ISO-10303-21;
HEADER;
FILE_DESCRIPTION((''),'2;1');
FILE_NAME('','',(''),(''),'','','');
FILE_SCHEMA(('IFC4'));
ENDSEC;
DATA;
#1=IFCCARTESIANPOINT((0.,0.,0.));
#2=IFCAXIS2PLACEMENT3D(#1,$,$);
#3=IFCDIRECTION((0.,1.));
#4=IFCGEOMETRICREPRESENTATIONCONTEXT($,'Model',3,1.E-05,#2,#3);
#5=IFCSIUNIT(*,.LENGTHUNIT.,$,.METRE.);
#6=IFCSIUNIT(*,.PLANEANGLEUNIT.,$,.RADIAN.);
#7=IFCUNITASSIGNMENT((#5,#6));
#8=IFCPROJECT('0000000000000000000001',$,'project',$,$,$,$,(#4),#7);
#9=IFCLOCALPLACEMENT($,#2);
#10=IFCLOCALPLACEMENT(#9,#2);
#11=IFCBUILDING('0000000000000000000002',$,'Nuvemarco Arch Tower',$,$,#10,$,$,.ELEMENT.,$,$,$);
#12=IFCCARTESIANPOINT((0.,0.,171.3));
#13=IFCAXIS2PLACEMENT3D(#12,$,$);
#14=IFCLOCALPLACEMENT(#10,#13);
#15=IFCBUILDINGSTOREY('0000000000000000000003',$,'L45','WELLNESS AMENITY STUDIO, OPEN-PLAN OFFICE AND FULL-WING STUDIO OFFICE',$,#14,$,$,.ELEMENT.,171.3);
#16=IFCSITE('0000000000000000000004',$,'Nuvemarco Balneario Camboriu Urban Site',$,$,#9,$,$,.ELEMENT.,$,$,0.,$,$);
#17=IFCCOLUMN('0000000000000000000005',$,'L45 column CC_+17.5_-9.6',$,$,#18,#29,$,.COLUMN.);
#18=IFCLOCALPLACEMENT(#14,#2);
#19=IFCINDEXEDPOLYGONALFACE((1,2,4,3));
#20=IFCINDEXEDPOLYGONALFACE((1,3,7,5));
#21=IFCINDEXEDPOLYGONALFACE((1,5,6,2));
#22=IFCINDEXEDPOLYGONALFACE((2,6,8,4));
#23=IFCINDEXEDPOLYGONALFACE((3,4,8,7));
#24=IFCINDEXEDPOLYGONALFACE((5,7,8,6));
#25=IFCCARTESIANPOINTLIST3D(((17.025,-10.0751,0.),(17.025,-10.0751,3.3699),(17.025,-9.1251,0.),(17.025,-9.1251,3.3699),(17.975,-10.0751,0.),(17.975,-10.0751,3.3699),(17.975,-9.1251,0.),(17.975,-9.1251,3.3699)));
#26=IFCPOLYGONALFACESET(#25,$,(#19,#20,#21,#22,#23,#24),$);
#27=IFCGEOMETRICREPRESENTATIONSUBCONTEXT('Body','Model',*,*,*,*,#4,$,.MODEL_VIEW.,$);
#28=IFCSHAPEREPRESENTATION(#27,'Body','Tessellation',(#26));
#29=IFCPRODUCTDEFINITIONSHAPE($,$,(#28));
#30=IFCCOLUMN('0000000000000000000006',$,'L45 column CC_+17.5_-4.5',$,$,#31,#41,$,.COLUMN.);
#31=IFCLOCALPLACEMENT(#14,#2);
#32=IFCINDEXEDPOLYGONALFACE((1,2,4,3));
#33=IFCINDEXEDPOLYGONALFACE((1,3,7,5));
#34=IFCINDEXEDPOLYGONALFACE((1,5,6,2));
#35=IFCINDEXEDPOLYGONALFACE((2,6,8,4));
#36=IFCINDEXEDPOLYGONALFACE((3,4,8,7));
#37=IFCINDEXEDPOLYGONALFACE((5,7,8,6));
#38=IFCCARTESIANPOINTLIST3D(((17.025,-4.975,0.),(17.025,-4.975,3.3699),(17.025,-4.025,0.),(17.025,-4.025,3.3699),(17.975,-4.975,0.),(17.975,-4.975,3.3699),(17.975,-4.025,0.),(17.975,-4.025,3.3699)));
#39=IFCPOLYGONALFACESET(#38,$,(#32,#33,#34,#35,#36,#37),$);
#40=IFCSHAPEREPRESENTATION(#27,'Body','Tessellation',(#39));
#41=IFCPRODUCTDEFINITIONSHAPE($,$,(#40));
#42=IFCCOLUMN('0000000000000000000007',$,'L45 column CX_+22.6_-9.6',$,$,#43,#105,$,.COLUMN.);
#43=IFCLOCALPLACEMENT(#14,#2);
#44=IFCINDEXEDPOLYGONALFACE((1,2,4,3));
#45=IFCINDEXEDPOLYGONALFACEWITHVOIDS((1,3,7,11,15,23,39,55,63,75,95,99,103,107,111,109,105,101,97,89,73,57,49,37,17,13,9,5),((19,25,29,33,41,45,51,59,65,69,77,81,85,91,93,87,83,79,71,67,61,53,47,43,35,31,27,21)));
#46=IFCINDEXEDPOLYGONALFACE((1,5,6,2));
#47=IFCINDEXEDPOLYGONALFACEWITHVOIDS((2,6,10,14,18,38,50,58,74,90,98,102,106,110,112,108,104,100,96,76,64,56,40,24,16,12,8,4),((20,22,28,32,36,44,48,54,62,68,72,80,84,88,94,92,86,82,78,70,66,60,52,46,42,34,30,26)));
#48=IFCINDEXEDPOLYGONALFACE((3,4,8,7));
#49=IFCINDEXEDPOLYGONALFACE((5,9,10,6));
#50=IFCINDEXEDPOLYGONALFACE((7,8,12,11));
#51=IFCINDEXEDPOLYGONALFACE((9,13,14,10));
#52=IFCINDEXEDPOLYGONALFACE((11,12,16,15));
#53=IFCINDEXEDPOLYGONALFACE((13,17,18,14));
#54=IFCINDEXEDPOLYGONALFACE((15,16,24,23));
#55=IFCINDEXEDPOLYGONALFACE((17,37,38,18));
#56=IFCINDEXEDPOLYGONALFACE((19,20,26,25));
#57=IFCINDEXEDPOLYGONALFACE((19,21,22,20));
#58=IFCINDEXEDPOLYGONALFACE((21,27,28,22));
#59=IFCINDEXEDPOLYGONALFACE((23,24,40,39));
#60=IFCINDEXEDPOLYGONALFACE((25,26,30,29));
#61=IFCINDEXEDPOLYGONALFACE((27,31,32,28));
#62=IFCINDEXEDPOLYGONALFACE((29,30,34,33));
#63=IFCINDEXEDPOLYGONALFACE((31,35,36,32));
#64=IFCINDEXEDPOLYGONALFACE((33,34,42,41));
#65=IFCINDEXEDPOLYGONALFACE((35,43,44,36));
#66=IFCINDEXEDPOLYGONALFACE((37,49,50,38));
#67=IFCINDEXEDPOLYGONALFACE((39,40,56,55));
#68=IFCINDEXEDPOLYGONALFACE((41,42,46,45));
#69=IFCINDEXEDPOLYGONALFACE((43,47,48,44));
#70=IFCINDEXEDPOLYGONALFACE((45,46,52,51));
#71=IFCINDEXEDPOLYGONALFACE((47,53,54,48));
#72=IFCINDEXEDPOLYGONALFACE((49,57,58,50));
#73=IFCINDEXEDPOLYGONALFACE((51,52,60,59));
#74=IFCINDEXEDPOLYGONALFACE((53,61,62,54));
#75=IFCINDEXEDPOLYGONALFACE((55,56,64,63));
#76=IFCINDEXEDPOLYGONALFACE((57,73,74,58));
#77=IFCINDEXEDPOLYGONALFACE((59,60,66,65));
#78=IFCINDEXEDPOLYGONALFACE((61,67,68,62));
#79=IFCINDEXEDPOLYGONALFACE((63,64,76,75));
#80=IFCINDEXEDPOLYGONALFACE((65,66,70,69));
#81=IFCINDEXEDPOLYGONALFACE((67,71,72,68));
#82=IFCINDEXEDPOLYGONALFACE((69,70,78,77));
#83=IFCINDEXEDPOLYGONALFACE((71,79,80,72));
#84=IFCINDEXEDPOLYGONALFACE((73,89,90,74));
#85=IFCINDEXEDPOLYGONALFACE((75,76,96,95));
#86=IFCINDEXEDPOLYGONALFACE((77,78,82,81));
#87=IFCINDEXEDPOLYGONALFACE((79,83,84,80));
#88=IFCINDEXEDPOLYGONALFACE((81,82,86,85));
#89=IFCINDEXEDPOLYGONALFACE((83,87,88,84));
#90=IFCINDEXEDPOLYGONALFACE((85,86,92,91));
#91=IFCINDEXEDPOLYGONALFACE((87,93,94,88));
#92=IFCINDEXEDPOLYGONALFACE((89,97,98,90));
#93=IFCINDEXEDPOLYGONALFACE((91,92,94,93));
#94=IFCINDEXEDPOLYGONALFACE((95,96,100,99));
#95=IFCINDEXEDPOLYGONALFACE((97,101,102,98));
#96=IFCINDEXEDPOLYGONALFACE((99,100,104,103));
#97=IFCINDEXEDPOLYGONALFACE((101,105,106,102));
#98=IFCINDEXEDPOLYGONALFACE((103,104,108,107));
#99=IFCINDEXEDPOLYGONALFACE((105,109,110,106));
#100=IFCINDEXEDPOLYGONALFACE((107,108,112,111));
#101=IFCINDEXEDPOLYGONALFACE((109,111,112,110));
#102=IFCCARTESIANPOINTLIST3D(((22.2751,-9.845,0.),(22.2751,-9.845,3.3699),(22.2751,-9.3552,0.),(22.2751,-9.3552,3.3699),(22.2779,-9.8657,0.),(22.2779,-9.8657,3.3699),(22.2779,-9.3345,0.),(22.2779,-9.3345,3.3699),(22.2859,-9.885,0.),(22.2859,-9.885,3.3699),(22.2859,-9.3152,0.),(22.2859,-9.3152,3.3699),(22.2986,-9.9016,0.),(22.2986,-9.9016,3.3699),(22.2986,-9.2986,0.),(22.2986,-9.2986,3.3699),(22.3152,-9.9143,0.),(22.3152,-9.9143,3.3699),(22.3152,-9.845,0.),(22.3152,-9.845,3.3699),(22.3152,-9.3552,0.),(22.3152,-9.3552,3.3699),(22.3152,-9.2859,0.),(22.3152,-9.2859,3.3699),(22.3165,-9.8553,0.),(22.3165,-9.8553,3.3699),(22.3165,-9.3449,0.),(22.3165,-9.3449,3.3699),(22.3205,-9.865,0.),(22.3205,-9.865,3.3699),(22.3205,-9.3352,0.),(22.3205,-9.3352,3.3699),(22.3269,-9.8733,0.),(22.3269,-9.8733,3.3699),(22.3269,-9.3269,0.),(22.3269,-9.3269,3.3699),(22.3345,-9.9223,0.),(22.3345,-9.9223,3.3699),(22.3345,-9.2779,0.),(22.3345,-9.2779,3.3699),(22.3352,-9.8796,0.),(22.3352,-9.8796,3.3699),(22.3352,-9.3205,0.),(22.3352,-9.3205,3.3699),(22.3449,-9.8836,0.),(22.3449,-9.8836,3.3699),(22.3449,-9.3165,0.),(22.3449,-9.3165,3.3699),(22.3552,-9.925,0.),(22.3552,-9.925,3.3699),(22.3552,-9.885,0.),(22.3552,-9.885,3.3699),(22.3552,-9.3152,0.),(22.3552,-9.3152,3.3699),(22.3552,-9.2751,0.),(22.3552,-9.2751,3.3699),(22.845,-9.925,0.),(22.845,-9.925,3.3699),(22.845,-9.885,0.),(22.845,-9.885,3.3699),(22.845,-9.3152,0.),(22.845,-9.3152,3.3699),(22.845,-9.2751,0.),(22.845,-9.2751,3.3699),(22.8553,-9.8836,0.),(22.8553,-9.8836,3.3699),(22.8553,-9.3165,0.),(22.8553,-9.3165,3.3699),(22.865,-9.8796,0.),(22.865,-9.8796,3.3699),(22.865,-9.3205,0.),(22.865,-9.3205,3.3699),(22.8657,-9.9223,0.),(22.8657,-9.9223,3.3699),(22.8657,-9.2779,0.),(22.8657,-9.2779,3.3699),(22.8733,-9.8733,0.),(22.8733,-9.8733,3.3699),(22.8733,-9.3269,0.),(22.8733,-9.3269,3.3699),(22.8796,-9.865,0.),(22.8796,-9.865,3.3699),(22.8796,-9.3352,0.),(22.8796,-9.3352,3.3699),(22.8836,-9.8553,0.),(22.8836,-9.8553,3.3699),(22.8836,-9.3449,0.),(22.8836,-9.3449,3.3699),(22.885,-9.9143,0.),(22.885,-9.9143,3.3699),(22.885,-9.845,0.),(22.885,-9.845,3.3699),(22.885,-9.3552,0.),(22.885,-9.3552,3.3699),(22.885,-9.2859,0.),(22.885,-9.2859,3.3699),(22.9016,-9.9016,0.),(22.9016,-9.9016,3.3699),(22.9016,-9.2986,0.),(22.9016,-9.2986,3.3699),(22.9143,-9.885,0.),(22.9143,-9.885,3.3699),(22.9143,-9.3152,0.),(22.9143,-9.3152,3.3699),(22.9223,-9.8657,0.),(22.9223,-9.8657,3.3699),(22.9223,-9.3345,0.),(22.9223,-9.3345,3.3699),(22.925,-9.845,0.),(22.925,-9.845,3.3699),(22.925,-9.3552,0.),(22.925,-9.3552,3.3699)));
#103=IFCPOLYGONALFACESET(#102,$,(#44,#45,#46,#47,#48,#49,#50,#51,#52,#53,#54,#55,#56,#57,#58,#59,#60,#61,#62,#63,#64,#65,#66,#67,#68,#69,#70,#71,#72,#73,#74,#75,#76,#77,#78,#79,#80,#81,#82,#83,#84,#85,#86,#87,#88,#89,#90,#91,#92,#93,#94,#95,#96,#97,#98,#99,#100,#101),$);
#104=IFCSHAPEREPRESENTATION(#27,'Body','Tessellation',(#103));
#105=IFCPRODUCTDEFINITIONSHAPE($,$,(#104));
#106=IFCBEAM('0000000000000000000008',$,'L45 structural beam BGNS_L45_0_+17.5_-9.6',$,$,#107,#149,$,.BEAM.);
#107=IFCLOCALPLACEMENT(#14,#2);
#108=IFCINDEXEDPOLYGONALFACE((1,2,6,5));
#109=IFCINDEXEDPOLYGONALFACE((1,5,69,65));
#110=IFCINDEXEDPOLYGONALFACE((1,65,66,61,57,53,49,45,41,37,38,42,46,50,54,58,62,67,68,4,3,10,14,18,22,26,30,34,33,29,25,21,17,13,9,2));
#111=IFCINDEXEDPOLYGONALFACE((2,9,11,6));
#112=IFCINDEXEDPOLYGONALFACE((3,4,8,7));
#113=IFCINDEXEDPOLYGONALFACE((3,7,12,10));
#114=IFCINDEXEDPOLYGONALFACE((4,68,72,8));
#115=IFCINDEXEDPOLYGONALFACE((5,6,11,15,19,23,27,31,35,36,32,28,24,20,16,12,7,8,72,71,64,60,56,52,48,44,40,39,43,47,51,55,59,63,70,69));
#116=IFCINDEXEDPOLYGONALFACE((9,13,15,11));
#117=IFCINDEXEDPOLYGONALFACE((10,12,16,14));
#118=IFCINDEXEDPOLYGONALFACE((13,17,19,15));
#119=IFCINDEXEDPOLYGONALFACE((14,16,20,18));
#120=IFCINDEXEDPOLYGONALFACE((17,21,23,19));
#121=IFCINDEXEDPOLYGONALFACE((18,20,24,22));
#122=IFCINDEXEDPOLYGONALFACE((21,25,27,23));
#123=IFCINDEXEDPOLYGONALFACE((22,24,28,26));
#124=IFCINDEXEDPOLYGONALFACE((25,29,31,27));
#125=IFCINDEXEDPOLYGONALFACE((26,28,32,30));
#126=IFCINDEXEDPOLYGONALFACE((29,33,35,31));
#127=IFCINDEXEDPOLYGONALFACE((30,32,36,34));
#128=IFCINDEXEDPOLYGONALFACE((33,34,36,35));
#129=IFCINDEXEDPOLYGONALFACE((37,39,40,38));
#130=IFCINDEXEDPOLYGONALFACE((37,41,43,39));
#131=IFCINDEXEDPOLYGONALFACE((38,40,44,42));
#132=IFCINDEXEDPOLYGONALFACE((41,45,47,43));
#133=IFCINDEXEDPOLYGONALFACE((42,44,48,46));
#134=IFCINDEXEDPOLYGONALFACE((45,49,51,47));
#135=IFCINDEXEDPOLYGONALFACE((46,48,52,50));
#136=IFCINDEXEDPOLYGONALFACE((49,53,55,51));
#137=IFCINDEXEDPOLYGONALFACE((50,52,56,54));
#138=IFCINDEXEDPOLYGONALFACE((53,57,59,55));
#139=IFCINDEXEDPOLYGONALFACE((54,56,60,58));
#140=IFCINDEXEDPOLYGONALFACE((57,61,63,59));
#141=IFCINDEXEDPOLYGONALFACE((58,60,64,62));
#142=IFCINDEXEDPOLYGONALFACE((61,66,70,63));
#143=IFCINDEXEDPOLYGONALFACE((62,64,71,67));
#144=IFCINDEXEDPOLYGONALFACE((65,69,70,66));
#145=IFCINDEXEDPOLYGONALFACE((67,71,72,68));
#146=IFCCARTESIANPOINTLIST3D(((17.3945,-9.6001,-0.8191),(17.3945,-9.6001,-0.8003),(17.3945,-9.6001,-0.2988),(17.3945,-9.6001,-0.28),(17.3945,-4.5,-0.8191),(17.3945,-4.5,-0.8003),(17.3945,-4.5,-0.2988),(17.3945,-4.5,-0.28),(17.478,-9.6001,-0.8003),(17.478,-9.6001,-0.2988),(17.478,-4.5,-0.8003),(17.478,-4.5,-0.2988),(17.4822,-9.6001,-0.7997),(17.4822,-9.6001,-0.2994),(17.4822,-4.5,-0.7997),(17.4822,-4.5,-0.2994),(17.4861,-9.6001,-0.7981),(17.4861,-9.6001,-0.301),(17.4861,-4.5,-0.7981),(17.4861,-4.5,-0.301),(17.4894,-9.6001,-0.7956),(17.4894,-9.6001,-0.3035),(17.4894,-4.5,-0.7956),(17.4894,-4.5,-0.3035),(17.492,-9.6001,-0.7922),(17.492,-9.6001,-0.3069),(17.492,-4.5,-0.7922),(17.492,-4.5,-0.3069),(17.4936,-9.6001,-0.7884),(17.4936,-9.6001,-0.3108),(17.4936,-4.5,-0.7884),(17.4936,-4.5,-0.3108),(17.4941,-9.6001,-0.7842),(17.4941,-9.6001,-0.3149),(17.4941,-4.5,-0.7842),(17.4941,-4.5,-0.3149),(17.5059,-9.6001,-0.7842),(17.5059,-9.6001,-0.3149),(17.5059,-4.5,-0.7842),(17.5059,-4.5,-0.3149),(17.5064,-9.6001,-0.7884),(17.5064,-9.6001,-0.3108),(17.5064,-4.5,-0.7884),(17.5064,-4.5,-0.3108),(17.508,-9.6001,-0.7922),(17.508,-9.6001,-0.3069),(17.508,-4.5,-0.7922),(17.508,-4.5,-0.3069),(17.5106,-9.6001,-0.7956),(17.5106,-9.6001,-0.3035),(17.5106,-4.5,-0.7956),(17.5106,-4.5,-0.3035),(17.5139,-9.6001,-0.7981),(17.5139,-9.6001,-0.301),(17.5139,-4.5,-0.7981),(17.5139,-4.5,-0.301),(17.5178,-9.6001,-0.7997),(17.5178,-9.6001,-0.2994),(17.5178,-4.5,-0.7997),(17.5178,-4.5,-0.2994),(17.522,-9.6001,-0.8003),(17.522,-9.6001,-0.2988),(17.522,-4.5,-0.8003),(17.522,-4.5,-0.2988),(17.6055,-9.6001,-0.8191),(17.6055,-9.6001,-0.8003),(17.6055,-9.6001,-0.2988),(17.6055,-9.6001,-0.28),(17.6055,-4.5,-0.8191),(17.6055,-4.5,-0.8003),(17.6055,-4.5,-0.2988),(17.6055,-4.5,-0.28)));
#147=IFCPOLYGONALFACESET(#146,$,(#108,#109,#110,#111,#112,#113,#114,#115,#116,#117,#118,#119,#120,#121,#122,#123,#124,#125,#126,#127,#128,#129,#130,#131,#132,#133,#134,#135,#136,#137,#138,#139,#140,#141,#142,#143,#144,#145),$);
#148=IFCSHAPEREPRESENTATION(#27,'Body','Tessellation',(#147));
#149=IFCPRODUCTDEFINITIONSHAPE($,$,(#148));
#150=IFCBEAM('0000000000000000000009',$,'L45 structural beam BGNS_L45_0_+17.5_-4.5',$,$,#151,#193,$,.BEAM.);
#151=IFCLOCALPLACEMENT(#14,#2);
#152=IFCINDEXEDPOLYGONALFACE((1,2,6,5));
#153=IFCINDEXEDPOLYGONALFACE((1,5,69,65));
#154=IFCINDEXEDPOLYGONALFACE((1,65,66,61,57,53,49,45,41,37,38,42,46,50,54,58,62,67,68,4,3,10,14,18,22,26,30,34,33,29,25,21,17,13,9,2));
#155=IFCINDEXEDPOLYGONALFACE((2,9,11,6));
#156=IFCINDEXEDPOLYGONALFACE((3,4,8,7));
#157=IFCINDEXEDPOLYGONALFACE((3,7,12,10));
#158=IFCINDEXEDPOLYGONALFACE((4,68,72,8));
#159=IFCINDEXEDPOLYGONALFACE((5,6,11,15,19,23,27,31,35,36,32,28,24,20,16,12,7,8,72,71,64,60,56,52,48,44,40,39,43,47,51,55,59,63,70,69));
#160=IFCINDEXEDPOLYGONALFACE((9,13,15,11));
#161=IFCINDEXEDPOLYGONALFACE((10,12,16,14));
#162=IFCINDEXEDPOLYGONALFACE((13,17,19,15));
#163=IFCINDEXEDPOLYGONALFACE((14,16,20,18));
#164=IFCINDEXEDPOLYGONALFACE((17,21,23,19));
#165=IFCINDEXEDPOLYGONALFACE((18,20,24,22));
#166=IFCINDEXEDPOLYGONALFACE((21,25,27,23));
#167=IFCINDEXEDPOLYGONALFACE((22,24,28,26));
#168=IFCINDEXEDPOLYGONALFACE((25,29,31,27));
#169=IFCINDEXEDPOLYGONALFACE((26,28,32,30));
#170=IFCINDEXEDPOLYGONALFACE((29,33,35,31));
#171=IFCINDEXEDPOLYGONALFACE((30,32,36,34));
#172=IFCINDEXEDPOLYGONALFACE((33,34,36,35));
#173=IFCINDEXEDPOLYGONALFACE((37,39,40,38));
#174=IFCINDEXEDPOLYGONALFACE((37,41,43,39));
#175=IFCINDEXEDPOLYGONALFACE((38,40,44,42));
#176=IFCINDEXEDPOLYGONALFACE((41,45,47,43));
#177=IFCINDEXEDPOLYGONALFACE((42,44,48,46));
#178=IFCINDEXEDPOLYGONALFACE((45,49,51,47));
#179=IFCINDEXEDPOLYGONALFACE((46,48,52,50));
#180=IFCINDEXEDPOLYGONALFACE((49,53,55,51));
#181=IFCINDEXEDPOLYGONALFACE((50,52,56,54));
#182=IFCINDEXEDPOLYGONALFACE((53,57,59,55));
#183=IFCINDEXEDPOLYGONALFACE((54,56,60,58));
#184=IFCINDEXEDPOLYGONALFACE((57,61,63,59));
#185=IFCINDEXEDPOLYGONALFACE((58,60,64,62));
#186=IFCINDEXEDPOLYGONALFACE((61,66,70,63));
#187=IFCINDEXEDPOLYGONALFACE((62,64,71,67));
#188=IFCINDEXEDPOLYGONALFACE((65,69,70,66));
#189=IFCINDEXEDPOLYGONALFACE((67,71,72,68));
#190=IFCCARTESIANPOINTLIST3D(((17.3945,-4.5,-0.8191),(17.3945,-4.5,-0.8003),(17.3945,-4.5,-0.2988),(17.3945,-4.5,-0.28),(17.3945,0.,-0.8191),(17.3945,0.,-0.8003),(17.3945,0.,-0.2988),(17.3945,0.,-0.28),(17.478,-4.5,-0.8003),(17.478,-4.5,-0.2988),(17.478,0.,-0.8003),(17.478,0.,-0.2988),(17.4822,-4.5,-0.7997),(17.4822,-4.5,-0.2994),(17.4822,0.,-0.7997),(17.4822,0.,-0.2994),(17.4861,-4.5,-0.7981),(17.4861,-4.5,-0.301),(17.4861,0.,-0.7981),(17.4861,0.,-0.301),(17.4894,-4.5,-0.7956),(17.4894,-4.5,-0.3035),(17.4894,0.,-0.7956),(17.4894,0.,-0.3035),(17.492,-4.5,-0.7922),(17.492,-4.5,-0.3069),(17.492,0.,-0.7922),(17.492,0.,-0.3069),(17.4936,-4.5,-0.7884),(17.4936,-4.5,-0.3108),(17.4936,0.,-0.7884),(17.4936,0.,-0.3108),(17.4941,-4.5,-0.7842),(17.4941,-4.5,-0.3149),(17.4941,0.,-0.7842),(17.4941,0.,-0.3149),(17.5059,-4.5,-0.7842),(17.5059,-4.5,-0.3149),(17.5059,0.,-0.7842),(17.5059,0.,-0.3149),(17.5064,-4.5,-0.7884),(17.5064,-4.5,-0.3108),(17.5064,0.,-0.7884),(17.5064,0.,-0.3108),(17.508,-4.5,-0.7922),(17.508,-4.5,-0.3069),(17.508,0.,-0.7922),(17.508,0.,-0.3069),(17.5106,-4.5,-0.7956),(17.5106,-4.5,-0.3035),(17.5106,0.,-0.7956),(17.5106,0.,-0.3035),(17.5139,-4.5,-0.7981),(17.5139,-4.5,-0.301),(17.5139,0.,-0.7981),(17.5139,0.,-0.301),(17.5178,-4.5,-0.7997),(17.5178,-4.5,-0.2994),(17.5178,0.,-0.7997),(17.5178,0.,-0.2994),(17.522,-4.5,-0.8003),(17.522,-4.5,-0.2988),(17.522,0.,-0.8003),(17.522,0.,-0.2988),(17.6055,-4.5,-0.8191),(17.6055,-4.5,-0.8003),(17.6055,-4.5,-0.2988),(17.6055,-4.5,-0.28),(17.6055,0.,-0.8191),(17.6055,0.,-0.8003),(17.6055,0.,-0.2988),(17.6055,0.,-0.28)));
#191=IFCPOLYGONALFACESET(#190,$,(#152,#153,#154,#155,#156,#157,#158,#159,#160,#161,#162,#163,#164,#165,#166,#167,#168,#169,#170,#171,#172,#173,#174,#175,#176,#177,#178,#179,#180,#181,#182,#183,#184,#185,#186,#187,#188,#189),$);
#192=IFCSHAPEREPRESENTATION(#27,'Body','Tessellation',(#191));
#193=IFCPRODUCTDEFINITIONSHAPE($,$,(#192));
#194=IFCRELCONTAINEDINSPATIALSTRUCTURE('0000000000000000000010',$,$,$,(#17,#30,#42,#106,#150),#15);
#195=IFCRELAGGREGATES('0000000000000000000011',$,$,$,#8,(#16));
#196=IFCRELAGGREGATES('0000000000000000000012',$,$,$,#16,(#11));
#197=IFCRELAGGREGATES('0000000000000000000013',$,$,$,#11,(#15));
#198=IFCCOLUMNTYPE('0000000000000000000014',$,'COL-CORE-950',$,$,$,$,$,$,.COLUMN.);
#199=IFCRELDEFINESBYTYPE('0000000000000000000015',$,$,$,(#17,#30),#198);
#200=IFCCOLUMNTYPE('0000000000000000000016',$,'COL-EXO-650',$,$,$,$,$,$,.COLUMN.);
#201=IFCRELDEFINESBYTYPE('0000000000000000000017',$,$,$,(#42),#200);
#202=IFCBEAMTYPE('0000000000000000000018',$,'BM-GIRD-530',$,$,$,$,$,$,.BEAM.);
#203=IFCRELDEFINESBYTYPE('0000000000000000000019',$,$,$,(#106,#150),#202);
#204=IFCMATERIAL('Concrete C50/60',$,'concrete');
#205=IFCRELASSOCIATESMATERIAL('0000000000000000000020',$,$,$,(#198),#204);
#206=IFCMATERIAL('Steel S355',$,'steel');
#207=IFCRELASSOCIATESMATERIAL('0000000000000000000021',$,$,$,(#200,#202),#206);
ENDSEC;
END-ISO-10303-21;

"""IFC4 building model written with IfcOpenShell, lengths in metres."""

from ifc_helpers import new_model, si_unit, direction, frame, origin, origin_2d, place, context, subcontext, project, spatial, rectangle, hollow_rectangle, i_section, extrude, material, material_profile, profile_set, type_object, element, save


model = new_model("IFC4")

# Units and contexts
model_context = context("Model", 3, precision=1e-05, world=origin(), true_north=direction((0.0, 1.0)))
body_context = subcontext(model_context, "Body", "Model", "MODEL_VIEW")
ifc_project = project(units=[si_unit("LENGTHUNIT", "METRE"), si_unit("PLANEANGLEUNIT", "RADIAN")], contexts=[model_context])

# Site, building, storey
site_placement = place(None, origin())
site = spatial("IfcSite", under=ifc_project, at=site_placement, Name="Nuvemarco Balneario Camboriu Urban Site", CompositionType="ELEMENT", RefElevation=0.0)
building_placement = place(site_placement, origin())
building = spatial("IfcBuilding", under=site, at=building_placement, Name="Nuvemarco Arch Tower", CompositionType="ELEMENT")
storey_placement = place(building_placement, frame((0.0, 0.0, 171.3)))
storey = spatial("IfcBuildingStorey", under=building, at=storey_placement, Name="L45", Description="WELLNESS AMENITY STUDIO, OPEN-PLAN OFFICE AND FULL-WING STUDIO OFFICE", CompositionType="ELEMENT", Elevation=171.3)

# Columns
ifc_material_1 = material(Name="Concrete C50/60", Category="concrete")
ifc_material_profile_1 = material_profile(ifc_material_1, rectangle(XDim=0.95, YDim=0.95, at=origin_2d()), Name="RC-COL-950x950")
ifc_profile_set_1 = profile_set([ifc_material_profile_1], Name="Concrete C50/60")
column_type_1 = type_object("IfcColumnType", Name="COL-CORE-950", PredefinedType="COLUMN", material=ifc_profile_set_1)
for number, where, z_axis, x_axis, name in (
    (1, (17.5, -9.6001, 0.0), (0.0, 0.0, 1.0), (1.0, 0.0, 0.0), "L45 column CC_+17.5_-9.6"),
    (2, (17.5, -4.5, 0.0), (0.0, 0.0, 1.0), (1.0, 0.0, 0.0), "L45 column CC_+17.5_-4.5"),
):
    element("IfcColumn", number, at=place(storey_placement, frame(where, z_axis=z_axis, x_axis=x_axis)), inside=storey, type_object=column_type_1, Name=name, PredefinedType="COLUMN", context=body_context, shape_type="SweptSolid", body=[
        extrude(rectangle(XDim=0.95, YDim=0.95, at=origin_2d()), origin(), (0.0, 0.0, 1.0), 3.3699),
    ])
ifc_material_2 = material(Name="Steel S355", Category="steel")
ifc_material_profile_2 = material_profile(ifc_material_2, hollow_rectangle(XDim=0.6499, YDim=0.6499, WallThickness=0.04, InnerFilletRadius=0.04, OuterFilletRadius=0.0801, at=origin_2d()), Name="SHS650x650x40")
ifc_profile_set_2 = profile_set([ifc_material_profile_2], Name="Steel S355")
column_type_2 = type_object("IfcColumnType", Name="COL-EXO-650", PredefinedType="COLUMN", material=ifc_profile_set_2)
column_placement = place(storey_placement, frame((22.6001, -9.6001, 0.0), z_axis=(0.0, 0.0, 1.0), x_axis=(1.0, 0.0, 0.0)))
element("IfcColumn", 3, at=column_placement, inside=storey, type_object=column_type_2, Name="L45 column CX_+22.6_-9.6", PredefinedType="COLUMN", context=body_context, shape_type="SweptSolid", body=[
    extrude(hollow_rectangle(XDim=0.6499, YDim=0.6499, WallThickness=0.04, InnerFilletRadius=0.04, OuterFilletRadius=0.0801, at=origin_2d()), origin(), (0.0, 0.0, 1.0), 3.3699),
])

# Beams
ifc_material_profile_3 = material_profile(ifc_material_2, i_section(OverallWidth=0.2109, OverallDepth=0.5391, WebThickness=0.0117, FlangeThickness=0.0188, FilletRadius=0.0161, at=origin_2d()), Name="W530x109")
ifc_profile_set_3 = profile_set([ifc_material_profile_3], Name="Steel S355")
beam_type_1 = type_object("IfcBeamType", Name="BM-GIRD-530", PredefinedType="BEAM", material=ifc_profile_set_3)
beam_1_placement = place(storey_placement, frame((17.5, -9.6001, -0.5496), z_axis=(0.0, 1.0, 0.0), x_axis=(-1.0, 0.0, 0.0)))
element("IfcBeam", 4, at=beam_1_placement, inside=storey, type_object=beam_type_1, Name="L45 structural beam BGNS_L45_0_+17.5_-9.6", PredefinedType="BEAM", context=body_context, shape_type="SweptSolid", body=[
    extrude(i_section(OverallWidth=0.2109, OverallDepth=0.5391, WebThickness=0.0117, FlangeThickness=0.0188, FilletRadius=0.0161, at=origin_2d()), origin(), (0.0, 0.0, 1.0), 5.1001),
])
beam_2_placement = place(storey_placement, frame((17.5, -4.5, -0.5496), z_axis=(0.0, 1.0, 0.0), x_axis=(-1.0, 0.0, 0.0)))
element("IfcBeam", 5, at=beam_2_placement, inside=storey, type_object=beam_type_1, Name="L45 structural beam BGNS_L45_0_+17.5_-4.5", PredefinedType="BEAM", context=body_context, shape_type="SweptSolid", body=[
    extrude(i_section(OverallWidth=0.2109, OverallDepth=0.5391, WebThickness=0.0117, FlangeThickness=0.0188, FilletRadius=0.0161, at=origin_2d()), origin(), (0.0, 0.0, 1.0), 4.5),
])

save(model, "model.ifc")
